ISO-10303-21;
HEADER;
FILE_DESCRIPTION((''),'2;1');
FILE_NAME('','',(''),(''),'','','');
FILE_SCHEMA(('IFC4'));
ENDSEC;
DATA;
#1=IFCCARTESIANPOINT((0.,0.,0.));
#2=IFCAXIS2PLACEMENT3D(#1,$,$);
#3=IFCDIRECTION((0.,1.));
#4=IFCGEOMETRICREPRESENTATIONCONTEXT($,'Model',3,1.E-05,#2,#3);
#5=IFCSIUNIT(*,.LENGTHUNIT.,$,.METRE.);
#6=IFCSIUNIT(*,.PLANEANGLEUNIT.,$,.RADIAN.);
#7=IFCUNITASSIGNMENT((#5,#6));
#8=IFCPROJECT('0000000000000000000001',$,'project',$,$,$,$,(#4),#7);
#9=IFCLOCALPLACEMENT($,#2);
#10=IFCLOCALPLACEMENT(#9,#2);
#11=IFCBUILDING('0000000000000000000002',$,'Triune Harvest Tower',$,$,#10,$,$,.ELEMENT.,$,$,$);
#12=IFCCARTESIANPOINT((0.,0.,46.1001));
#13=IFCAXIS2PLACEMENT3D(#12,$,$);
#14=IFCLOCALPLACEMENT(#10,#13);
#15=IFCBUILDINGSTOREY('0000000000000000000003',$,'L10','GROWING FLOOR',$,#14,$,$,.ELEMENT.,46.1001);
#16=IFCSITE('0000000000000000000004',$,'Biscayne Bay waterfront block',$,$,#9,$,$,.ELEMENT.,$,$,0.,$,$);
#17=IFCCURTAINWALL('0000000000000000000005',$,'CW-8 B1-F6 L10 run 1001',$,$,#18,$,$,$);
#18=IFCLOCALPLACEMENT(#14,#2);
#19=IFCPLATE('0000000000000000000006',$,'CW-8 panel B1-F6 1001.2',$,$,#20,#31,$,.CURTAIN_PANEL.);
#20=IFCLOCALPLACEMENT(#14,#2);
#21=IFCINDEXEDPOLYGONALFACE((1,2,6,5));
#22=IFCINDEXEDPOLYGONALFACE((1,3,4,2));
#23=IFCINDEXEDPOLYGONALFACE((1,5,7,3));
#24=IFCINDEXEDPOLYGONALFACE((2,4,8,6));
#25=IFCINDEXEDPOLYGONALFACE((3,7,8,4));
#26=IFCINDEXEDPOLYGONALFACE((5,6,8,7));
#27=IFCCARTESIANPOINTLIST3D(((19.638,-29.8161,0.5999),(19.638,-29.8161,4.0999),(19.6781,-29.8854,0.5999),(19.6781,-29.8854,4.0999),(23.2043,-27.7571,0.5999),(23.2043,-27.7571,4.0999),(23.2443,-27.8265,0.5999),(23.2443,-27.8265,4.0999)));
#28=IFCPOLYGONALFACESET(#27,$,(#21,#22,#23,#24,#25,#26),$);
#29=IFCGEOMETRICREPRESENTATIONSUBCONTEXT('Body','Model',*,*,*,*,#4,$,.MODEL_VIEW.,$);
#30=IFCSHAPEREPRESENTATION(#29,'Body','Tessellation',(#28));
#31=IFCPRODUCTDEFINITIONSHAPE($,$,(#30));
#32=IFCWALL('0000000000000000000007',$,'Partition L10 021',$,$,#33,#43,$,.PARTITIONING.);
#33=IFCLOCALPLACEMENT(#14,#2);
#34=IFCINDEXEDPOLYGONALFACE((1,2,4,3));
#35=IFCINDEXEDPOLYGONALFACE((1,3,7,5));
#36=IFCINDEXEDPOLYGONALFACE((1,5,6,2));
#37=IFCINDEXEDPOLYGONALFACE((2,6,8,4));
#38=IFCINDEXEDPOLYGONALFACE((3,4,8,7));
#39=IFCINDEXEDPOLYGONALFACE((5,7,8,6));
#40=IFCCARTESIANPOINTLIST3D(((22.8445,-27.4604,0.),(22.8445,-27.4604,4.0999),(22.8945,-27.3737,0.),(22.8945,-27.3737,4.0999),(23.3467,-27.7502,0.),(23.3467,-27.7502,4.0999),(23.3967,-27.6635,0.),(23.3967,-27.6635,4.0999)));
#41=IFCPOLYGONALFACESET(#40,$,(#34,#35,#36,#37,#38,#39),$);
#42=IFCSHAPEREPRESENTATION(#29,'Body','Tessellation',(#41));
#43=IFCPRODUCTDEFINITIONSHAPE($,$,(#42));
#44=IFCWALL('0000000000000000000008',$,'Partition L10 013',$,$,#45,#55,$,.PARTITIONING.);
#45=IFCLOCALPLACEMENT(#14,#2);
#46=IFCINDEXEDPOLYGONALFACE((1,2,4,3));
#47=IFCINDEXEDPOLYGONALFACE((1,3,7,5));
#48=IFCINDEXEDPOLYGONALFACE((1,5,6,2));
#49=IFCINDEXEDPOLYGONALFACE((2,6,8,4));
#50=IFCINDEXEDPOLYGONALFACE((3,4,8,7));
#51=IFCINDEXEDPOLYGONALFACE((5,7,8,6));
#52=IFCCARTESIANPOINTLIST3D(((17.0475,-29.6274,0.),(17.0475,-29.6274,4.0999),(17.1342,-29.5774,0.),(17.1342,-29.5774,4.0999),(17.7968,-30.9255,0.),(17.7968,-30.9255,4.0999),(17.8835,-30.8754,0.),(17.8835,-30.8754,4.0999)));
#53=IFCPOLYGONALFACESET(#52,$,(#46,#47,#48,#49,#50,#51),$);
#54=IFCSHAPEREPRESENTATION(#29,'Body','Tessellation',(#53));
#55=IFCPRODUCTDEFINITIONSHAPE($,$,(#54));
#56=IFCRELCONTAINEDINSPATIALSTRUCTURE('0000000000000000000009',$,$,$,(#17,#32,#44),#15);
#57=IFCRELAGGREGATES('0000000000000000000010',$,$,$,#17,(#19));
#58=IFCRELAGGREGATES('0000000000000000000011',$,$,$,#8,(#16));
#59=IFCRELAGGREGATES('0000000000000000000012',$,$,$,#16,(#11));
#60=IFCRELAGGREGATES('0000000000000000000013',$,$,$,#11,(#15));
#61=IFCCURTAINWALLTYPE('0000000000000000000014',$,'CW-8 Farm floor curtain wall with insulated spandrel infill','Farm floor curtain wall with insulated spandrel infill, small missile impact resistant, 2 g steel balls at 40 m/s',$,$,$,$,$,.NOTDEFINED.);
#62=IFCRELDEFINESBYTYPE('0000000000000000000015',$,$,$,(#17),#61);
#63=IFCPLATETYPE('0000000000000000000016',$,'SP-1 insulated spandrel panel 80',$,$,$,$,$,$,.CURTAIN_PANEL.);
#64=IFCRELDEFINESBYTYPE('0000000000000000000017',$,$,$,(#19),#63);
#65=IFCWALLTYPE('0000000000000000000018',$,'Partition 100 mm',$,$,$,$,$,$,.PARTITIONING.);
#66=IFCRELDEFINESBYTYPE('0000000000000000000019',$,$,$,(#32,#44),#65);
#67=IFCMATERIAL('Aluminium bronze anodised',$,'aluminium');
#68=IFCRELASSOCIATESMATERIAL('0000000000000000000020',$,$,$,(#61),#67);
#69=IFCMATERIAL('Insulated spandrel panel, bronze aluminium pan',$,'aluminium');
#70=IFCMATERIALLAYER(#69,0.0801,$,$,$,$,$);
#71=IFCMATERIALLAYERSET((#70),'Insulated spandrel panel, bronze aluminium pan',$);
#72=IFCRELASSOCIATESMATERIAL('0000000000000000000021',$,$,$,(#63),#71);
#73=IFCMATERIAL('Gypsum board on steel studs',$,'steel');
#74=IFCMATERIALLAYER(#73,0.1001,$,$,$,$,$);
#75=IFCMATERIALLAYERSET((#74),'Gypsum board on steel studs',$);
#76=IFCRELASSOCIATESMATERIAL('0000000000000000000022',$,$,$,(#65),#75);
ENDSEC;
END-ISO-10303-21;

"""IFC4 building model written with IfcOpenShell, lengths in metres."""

from ifc_helpers import new_model, si_unit, direction, frame, frame_2d, origin, origin_2d, place, context, subcontext, project, spatial, rectangle, extrude, source, transform, mapped, material, layer, layer_set, type_object, element, aggregate, save


model = new_model("IFC4")

# Units and contexts
model_context = context("Model", 3, precision=1e-05, world=origin(), true_north=direction((0.0, 1.0)))
body_context = subcontext(model_context, "Body", "Model", "MODEL_VIEW")
ifc_project = project(units=[si_unit("LENGTHUNIT", "METRE"), si_unit("PLANEANGLEUNIT", "RADIAN")], contexts=[model_context])

# Site, building, storey
site_placement = place(None, origin())
site = spatial("IfcSite", under=ifc_project, at=site_placement, Name="Biscayne Bay waterfront block", CompositionType="ELEMENT", RefElevation=0.0)
building_placement = place(site_placement, origin())
building = spatial("IfcBuilding", under=site, at=building_placement, Name="Triune Harvest Tower", CompositionType="ELEMENT")
storey_placement = place(building_placement, frame((0.0, 0.0, 46.1001)))
storey = spatial("IfcBuildingStorey", under=building, at=storey_placement, Name="L10", Description="GROWING FLOOR", CompositionType="ELEMENT", Elevation=46.1001)

# Shared definitions
ifc_material_1 = material(Name="Aluminium bronze anodised", Category="aluminium")
curtain_wall_type_1 = type_object("IfcCurtainWallType", Name="CW-8 Farm floor curtain wall with insulated spandrel infill", Description="Farm floor curtain wall with insulated spandrel infill, small missile impact resistant, 2 g steel balls at 40 m/s", PredefinedType="NOTDEFINED", material=ifc_material_1)

# Curtain wall
curtain_wall_1_placement = place(storey_placement, origin())
curtain_wall_1 = element("IfcCurtainWall", 1, at=curtain_wall_1_placement, inside=storey, type_object=curtain_wall_type_1, Name="CW-8 B1-F6 L10 run 1001")

# Plate
ifc_material_2 = material(Name="Insulated spandrel panel, bronze aluminium pan", Category="aluminium")
ifc_layer_1 = layer(ifc_material_2, 0.0801)
ifc_layer_set_1 = layer_set([ifc_layer_1], Name="Insulated spandrel panel, bronze aluminium pan")
plate_type = type_object("IfcPlateType", Name="SP-1 insulated spandrel panel 80", PredefinedType="CURTAIN_PANEL", material=ifc_layer_set_1)
shared_shape_1 = source(origin(), body_context, "Body", "SweptSolid", [
    extrude(rectangle(XDim=4.1179, YDim=0.0801, at=origin_2d()), origin(), (0.0, 0.0, 1.0), 3.5),
])
plate_1_placement = place(storey_placement, frame((21.4412, -28.8213, 0.5999), z_axis=(0.0, 0.0, 1.0), x_axis=(0.866025, 0.500001, 0.0)))
plate_1 = element("IfcPlate", 2, at=plate_1_placement, type_object=plate_type, Name="CW-8 panel B1-F6 1001.2", PredefinedType="CURTAIN_PANEL", context=body_context, shape_type="MappedRepresentation", body=[
    mapped(shared_shape_1, transform((0.0, 0.0, 0.0), scale=1.0)),
])
aggregate(curtain_wall_1, [plate_1])

# Walls
ifc_material_3 = material(Name="Gypsum board on steel studs", Category="steel")
ifc_layer_2 = layer(ifc_material_3, 0.1001)
ifc_layer_set_2 = layer_set([ifc_layer_2], Name="Gypsum board on steel studs")
wall_type = type_object("IfcWallType", Name="Partition 100 mm", PredefinedType="PARTITIONING", material=ifc_layer_set_2)
wall_1_placement = place(storey_placement, frame((22.8694, -27.417, 0.0), z_axis=(0.0, 0.0, 1.0), x_axis=(0.866137, -0.499808, 0.0)))
element("IfcWall", 3, at=wall_1_placement, inside=storey, type_object=wall_type, Name="Partition L10 021", PredefinedType="PARTITIONING", context=body_context, shape_type="SweptSolid", body=[
    extrude(rectangle(XDim=0.5798, YDim=0.1001, at=frame_2d((0.29, 0.0))), origin(), (0.0, 0.0, 1.0), 4.0999),
])
shared_shape_2 = source(origin(), body_context, "Body", "SweptSolid", [
    extrude(rectangle(XDim=1.4988, YDim=0.1001, at=frame_2d((0.7495, 0.0))), origin(), (0.0, 0.0, 1.0), 4.0999),
])
wall_2_placement = place(storey_placement, frame((17.0908, -29.6023, 0.0), z_axis=(0.0, 0.0, 1.0), x_axis=(0.499906, -0.86608, 0.0)))
element("IfcWall", 4, at=wall_2_placement, inside=storey, type_object=wall_type, Name="Partition L10 013", PredefinedType="PARTITIONING", context=body_context, shape_type="MappedRepresentation", body=[
    mapped(shared_shape_2, transform((0.0, 0.0, 0.0), scale=1.0)),
])

save(model, "model.ifc")
